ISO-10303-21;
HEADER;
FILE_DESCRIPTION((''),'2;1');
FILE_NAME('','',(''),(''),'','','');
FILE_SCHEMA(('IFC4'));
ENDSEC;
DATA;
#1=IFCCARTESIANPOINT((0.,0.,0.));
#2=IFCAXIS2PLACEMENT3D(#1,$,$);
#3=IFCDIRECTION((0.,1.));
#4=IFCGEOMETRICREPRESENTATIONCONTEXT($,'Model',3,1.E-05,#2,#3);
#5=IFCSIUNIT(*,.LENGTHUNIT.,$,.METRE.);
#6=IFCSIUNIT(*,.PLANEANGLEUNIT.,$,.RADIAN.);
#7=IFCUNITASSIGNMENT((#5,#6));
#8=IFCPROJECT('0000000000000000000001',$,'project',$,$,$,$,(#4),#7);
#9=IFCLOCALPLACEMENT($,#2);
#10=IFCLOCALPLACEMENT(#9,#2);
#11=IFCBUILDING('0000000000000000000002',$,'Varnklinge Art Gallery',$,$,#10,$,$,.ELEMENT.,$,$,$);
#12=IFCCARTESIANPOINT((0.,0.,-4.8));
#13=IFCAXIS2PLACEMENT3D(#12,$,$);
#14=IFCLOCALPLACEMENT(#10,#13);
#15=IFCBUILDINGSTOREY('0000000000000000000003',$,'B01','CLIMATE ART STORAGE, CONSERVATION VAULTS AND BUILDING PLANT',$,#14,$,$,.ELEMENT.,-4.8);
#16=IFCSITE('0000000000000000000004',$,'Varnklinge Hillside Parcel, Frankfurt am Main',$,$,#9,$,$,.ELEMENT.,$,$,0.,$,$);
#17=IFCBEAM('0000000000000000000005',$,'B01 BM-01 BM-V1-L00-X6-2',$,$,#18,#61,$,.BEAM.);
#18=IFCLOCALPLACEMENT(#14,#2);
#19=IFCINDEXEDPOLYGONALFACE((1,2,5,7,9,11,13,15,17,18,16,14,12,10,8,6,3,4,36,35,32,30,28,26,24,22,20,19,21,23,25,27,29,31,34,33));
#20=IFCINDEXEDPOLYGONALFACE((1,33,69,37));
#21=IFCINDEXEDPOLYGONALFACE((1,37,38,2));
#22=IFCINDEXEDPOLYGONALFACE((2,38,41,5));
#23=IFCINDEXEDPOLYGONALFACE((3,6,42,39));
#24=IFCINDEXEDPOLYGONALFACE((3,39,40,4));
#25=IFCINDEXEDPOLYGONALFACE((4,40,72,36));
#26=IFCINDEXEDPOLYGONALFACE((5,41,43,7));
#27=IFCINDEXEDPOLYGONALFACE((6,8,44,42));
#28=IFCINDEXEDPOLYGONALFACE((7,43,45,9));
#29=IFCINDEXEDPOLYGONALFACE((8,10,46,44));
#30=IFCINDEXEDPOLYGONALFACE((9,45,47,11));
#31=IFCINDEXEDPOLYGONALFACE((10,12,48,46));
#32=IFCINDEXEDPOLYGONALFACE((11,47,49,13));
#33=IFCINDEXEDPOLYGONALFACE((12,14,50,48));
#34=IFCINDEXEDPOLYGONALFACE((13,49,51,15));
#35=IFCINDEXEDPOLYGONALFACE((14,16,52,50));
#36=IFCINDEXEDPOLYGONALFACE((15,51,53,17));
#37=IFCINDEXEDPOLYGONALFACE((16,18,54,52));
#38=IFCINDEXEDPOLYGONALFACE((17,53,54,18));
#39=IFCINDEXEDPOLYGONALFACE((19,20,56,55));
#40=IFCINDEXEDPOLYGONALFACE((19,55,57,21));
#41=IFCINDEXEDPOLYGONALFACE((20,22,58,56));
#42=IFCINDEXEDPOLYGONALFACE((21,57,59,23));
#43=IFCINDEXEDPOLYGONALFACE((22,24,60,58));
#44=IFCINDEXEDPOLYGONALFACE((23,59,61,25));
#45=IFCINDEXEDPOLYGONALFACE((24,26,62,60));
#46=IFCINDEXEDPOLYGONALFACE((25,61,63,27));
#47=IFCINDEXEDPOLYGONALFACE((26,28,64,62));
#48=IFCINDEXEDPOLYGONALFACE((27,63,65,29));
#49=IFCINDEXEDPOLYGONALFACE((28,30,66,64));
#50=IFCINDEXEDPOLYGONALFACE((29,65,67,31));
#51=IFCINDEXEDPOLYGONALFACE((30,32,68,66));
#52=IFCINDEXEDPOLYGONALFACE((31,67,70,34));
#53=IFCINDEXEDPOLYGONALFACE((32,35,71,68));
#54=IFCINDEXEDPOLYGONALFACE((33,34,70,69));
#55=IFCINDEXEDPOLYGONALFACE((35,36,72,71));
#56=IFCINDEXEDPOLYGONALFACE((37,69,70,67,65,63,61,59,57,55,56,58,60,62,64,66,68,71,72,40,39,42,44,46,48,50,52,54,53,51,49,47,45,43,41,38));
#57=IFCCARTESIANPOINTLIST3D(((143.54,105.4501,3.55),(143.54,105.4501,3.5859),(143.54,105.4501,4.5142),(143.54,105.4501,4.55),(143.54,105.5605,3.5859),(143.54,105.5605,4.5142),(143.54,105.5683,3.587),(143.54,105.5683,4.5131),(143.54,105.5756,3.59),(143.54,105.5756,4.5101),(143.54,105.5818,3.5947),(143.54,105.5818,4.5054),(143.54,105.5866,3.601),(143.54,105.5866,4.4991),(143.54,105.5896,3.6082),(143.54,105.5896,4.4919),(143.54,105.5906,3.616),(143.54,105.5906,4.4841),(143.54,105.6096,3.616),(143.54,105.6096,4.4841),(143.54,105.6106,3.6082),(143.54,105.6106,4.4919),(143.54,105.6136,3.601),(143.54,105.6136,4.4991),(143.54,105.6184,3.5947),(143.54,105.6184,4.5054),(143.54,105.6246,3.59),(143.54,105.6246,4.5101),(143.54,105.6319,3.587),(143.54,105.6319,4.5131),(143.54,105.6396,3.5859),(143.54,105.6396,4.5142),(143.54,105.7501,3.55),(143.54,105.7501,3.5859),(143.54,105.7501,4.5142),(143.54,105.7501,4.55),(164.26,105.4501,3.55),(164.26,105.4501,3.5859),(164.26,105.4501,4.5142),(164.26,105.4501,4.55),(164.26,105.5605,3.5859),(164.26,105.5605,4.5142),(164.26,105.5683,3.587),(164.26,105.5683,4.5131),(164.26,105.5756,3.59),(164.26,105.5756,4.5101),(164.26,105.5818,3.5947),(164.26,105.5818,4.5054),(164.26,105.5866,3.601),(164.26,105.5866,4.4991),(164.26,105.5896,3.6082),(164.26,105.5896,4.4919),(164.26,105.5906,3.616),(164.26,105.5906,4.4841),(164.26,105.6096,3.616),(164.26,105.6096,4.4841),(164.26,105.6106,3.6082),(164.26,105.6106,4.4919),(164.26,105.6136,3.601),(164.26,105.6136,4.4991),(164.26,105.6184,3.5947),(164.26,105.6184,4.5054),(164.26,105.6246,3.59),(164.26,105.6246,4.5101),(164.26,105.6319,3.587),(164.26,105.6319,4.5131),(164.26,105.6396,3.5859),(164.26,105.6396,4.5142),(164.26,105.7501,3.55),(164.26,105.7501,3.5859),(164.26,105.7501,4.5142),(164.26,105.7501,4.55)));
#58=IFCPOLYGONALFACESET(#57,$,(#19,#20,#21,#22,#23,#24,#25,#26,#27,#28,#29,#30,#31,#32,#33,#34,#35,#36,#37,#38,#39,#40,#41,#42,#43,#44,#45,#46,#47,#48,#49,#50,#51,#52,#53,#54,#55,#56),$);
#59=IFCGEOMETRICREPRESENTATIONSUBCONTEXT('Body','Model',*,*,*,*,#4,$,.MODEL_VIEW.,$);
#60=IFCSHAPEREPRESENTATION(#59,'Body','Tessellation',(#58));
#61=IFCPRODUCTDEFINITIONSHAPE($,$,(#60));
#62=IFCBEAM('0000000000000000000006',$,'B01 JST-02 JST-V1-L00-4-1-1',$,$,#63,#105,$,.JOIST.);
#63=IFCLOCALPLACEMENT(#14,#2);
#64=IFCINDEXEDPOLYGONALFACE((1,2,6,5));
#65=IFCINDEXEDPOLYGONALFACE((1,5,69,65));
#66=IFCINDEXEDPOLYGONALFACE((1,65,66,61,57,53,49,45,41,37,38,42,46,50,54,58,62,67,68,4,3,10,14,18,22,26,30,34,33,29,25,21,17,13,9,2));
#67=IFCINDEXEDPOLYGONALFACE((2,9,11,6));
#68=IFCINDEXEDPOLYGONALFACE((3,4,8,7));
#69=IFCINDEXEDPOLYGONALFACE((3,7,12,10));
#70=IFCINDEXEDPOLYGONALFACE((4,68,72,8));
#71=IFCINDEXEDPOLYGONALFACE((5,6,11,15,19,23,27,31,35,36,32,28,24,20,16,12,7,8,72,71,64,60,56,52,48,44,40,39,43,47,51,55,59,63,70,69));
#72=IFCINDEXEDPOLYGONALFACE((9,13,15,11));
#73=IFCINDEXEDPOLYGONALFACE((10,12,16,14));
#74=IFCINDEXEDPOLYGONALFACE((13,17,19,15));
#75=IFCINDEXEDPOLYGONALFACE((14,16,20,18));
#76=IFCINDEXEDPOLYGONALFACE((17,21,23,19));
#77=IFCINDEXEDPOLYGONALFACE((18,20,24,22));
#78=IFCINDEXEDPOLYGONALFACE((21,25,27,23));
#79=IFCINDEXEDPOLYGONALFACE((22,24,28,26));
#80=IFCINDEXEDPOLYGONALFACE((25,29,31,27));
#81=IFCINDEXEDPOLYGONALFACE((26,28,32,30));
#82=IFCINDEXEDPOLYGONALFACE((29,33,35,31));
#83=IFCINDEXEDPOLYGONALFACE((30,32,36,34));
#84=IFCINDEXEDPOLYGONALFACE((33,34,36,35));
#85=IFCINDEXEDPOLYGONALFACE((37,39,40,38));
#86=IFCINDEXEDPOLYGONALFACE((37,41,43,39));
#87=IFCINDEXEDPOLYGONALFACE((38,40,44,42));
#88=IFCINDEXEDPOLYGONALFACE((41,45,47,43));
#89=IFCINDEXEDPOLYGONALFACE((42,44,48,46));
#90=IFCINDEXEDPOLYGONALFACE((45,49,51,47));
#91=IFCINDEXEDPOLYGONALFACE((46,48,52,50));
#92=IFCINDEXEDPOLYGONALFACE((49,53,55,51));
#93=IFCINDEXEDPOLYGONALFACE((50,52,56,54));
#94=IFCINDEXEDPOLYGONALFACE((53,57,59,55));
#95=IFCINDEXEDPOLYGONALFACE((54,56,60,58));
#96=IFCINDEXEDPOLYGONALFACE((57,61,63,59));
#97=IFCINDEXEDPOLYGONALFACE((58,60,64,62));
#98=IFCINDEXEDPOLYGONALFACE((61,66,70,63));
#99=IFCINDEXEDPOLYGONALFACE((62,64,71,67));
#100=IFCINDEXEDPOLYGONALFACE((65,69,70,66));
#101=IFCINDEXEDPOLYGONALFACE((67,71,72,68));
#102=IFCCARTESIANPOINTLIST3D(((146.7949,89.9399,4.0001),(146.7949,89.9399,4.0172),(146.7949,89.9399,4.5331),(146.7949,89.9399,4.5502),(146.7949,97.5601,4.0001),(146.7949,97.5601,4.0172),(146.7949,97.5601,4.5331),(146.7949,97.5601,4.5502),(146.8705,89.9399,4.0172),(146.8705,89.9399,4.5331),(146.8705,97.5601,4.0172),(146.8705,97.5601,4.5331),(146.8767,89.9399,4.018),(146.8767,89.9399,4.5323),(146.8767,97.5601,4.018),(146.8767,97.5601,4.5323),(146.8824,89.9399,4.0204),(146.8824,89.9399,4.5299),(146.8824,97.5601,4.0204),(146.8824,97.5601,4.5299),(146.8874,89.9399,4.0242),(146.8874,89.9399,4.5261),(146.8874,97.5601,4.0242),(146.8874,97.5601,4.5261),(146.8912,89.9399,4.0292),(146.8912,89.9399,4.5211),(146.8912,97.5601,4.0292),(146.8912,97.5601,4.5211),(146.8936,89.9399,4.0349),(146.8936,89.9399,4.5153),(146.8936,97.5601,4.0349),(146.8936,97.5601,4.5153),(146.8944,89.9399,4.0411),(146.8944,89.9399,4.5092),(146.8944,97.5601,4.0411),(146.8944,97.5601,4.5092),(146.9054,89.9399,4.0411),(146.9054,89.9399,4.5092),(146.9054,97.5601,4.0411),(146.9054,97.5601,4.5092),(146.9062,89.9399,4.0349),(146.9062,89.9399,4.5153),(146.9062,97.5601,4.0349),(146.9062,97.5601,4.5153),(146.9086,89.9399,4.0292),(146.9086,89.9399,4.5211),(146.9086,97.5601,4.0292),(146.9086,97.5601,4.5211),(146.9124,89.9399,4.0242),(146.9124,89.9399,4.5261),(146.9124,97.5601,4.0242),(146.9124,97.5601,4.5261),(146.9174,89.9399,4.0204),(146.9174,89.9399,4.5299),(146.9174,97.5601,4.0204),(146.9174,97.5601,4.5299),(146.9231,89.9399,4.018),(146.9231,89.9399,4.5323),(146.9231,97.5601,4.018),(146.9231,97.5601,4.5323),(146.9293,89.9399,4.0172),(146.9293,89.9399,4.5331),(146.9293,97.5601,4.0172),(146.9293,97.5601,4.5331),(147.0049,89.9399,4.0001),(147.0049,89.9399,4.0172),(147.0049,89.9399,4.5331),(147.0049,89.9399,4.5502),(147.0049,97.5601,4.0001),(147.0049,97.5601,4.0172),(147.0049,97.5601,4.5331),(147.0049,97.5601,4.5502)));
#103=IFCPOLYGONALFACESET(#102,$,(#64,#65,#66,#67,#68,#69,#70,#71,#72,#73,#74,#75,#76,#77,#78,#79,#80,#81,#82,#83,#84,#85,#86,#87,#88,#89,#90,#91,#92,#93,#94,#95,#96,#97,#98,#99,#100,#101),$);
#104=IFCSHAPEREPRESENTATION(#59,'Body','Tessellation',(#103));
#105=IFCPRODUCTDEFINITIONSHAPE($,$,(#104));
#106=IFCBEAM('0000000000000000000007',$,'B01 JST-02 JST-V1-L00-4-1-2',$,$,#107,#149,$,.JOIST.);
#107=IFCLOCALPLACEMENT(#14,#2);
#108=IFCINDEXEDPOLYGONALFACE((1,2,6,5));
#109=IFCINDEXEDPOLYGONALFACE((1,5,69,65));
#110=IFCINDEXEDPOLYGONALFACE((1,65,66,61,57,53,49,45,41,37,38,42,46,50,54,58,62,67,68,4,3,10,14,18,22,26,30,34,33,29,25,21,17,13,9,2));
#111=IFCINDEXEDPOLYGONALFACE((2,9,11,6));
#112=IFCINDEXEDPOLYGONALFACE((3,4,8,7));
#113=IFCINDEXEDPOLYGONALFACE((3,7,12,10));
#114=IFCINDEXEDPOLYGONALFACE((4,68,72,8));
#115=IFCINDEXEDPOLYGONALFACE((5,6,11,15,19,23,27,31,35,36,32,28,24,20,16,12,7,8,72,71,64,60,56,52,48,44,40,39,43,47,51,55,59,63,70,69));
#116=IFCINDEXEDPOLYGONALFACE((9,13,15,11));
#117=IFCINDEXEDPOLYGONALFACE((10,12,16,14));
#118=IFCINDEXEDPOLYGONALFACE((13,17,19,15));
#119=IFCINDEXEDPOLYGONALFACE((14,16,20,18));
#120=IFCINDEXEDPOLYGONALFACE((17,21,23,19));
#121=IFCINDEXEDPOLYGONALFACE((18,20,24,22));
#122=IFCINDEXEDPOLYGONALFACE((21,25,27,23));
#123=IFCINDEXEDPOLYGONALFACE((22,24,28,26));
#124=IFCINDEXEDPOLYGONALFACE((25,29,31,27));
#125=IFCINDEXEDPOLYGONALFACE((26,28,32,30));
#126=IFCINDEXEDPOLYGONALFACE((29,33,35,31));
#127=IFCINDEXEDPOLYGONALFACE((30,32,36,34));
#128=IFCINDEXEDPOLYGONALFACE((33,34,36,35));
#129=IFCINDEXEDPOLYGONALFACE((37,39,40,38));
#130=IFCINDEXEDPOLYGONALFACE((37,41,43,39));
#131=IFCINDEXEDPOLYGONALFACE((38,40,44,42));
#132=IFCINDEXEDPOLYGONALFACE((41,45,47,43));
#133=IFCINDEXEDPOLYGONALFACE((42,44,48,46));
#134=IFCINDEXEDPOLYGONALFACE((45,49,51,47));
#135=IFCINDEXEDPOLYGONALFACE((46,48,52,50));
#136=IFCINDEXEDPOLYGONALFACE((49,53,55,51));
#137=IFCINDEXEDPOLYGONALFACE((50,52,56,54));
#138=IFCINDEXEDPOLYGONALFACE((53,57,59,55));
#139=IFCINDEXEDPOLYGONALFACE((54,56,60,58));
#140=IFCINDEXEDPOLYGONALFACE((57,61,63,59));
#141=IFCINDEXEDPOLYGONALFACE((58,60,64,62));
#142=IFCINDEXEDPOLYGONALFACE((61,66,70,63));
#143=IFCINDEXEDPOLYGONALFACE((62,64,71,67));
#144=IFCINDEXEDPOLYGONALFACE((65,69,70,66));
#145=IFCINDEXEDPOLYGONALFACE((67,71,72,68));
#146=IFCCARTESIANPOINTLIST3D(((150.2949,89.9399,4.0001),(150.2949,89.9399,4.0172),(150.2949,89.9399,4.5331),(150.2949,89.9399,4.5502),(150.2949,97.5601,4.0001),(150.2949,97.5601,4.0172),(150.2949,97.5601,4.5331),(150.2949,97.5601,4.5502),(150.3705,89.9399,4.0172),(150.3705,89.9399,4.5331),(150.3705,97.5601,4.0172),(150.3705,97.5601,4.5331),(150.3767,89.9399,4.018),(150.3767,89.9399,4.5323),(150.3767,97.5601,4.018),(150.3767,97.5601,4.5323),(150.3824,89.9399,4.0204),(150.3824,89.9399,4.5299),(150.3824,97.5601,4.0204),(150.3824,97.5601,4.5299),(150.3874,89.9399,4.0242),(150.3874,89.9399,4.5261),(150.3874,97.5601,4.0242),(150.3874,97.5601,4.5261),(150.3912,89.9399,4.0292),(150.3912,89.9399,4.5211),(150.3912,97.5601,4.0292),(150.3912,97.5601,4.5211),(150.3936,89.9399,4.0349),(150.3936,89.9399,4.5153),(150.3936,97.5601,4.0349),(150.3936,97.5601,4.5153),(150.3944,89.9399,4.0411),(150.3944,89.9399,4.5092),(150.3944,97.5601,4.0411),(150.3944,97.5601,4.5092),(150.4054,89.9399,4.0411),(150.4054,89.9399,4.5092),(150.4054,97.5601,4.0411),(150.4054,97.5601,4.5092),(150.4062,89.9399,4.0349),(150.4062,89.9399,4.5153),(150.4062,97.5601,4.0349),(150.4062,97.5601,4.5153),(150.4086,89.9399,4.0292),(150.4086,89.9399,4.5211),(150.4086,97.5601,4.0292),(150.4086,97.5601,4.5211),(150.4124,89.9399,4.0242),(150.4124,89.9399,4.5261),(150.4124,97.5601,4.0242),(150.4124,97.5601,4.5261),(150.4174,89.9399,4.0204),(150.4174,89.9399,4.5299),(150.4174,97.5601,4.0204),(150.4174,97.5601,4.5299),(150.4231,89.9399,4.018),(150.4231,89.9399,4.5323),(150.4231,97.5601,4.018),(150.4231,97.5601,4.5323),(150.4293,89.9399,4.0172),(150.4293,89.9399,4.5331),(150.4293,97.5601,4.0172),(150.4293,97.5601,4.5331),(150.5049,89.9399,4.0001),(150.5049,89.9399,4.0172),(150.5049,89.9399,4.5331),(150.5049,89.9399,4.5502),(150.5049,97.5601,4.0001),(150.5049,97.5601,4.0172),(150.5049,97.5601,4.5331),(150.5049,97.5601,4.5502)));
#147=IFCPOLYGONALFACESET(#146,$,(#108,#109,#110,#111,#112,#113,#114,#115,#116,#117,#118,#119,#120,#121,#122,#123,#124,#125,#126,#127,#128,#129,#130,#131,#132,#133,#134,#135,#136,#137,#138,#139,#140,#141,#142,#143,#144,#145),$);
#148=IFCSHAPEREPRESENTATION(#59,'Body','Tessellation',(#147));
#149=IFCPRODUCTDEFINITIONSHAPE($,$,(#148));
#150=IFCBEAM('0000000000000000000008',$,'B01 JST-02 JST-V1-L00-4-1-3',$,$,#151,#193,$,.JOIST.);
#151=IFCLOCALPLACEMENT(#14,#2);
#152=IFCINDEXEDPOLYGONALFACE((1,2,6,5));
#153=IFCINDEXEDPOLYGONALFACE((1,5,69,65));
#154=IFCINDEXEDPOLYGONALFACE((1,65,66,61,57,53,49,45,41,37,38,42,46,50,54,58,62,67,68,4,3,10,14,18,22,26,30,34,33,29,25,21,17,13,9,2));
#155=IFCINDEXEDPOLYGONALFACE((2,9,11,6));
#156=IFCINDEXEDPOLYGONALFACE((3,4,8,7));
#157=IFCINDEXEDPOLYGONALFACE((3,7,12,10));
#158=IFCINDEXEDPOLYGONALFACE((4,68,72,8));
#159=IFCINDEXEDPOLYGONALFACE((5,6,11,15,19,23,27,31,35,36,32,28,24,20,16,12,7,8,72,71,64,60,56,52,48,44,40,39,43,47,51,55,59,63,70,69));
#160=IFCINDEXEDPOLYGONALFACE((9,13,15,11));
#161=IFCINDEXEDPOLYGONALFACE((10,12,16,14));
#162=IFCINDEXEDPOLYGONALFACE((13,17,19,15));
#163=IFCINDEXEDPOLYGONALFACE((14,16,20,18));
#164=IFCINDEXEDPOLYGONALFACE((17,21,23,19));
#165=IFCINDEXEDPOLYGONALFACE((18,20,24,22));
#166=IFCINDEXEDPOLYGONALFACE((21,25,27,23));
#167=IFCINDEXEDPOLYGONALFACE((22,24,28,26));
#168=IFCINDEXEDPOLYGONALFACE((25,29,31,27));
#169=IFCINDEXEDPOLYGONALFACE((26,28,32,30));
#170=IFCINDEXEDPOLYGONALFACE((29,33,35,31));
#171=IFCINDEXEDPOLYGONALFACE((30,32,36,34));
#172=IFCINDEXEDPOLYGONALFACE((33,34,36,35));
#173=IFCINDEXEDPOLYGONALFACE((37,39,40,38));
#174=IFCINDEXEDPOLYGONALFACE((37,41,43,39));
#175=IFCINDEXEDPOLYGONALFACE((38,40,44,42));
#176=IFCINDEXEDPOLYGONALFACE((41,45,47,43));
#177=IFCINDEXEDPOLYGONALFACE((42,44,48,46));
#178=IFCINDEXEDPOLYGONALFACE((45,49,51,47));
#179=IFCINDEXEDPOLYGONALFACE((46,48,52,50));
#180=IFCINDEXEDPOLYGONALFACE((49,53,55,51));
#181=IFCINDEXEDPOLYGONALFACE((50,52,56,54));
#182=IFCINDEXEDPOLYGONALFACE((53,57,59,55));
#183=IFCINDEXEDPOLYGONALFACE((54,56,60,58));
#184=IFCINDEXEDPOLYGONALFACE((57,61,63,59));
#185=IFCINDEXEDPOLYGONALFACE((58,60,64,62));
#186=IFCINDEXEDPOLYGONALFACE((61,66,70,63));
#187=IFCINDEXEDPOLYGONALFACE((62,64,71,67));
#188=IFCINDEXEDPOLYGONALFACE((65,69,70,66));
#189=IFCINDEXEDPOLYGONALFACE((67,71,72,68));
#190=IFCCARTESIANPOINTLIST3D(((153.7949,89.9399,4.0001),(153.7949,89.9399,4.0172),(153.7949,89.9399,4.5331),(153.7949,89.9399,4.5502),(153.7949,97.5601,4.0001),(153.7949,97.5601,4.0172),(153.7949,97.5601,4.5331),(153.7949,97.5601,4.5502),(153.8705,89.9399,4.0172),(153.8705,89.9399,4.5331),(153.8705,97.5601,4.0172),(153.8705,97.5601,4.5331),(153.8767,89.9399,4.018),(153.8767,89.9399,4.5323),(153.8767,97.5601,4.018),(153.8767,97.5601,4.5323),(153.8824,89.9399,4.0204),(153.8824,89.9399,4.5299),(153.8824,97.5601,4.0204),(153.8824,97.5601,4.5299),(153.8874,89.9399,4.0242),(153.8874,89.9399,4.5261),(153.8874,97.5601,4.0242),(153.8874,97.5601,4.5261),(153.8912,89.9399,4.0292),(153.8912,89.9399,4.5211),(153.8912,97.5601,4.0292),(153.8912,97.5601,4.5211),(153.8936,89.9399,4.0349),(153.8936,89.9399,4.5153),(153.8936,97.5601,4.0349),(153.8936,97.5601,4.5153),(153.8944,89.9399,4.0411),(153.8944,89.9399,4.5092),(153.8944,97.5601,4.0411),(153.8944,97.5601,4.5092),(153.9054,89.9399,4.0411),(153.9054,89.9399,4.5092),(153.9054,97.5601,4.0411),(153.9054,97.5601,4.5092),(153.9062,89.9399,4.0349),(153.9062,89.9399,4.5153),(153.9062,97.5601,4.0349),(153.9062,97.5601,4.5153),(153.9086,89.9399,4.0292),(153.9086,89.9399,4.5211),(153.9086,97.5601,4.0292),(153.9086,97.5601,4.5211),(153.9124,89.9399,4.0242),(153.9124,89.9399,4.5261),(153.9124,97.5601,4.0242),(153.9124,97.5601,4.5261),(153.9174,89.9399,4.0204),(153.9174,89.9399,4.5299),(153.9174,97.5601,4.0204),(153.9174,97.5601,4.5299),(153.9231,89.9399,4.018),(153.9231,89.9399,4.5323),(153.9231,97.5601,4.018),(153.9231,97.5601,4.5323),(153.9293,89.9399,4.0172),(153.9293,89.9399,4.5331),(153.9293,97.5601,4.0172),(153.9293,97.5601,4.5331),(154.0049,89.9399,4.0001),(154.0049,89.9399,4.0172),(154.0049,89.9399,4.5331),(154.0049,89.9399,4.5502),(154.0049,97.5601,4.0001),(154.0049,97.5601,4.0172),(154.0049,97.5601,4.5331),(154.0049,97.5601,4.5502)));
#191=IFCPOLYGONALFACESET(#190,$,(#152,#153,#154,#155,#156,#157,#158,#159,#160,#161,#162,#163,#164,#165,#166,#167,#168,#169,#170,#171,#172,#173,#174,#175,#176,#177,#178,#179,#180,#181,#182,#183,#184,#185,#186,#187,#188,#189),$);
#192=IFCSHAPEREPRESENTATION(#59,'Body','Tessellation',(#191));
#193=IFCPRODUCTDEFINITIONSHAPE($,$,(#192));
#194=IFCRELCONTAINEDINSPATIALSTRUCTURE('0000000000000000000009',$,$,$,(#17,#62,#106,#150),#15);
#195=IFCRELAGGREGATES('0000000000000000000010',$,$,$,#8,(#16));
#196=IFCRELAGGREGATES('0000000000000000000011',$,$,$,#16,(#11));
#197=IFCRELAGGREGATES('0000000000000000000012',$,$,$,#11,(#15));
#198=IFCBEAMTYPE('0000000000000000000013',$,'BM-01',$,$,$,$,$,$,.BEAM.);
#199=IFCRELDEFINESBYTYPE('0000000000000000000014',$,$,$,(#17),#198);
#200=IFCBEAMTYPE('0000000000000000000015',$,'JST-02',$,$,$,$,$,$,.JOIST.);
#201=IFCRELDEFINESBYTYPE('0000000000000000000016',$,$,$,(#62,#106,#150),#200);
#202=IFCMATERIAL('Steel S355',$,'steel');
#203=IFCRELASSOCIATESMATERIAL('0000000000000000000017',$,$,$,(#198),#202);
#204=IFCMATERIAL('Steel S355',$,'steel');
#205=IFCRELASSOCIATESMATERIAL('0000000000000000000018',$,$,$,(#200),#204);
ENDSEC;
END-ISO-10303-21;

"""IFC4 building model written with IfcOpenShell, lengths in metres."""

from ifc_helpers import new_model, si_unit, direction, frame, origin, origin_2d, place, context, subcontext, project, spatial, i_section, extrude, material, material_profile, profile_set, type_object, element, save


model = new_model("IFC4")

# Units and contexts
model_context = context("Model", 3, precision=1e-05, world=origin(), true_north=direction((0.0, 1.0)))
body_context = subcontext(model_context, "Body", "Model", "MODEL_VIEW")
ifc_project = project(units=[si_unit("LENGTHUNIT", "METRE"), si_unit("PLANEANGLEUNIT", "RADIAN")], contexts=[model_context])

# Site, building, storey
site_placement = place(None, origin())
site = spatial("IfcSite", under=ifc_project, at=site_placement, Name="Varnklinge Hillside Parcel, Frankfurt am Main", CompositionType="ELEMENT", RefElevation=0.0)
building_placement = place(site_placement, origin())
building = spatial("IfcBuilding", under=site, at=building_placement, Name="Varnklinge Art Gallery", CompositionType="ELEMENT")
storey_placement = place(building_placement, frame((0.0, 0.0, -4.8)))
storey = spatial("IfcBuildingStorey", under=building, at=storey_placement, Name="B01", Description="CLIMATE ART STORAGE, CONSERVATION VAULTS AND BUILDING PLANT", CompositionType="ELEMENT", Elevation=-4.8)

# Beams
ifc_material_1 = material(Name="Steel S355", Category="steel")
ifc_material_profile_1 = material_profile(ifc_material_1, i_section(OverallWidth=0.3, OverallDepth=1.0, WebThickness=0.019, FlangeThickness=0.0359, FilletRadius=0.03, at=origin_2d()), Name="HEB 1000")
ifc_profile_set_1 = profile_set([ifc_material_profile_1], Name="Steel S355")
beam_type_1 = type_object("IfcBeamType", Name="BM-01", PredefinedType="BEAM", material=ifc_profile_set_1)
for number, where, z_axis, x_axis, name in (
    (1, (143.54, 105.6001, 4.05), (1.0, 0.0, 0.0), (0.0, 1.0, 0.0), "B01 BM-01 BM-V1-L00-X6-2"),
):
    element("IfcBeam", number, at=place(storey_placement, frame(where, z_axis=z_axis, x_axis=x_axis)), inside=storey, type_object=beam_type_1, Name=name, PredefinedType="BEAM", context=body_context, shape_type="SweptSolid", body=[
        extrude(i_section(OverallWidth=0.3, OverallDepth=1.0, WebThickness=0.019, FlangeThickness=0.0359, FilletRadius=0.03, at=origin_2d()), origin(), (0.0, 0.0, 1.0), 20.72),
    ])
ifc_material_2 = material(Name="Steel S355", Category="steel")
ifc_material_profile_2 = material_profile(ifc_material_2, i_section(OverallWidth=0.21, OverallDepth=0.55, WebThickness=0.011, FlangeThickness=0.0171, FilletRadius=0.0239, at=origin_2d()), Name="IPE 550")
ifc_profile_set_2 = profile_set([ifc_material_profile_2], Name="Steel S355")
beam_type_2 = type_object("IfcBeamType", Name="JST-02", PredefinedType="JOIST", material=ifc_profile_set_2)
for number, where, z_axis, x_axis, name in (
    (2, (146.8999, 89.9399, 4.2751), (0.0, 1.0, 0.0), (-1.0, 0.0, 0.0), "B01 JST-02 JST-V1-L00-4-1-1"),
    (3, (150.3999, 89.9399, 4.2751), (0.0, 1.0, 0.0), (-1.0, 0.0, 0.0), "B01 JST-02 JST-V1-L00-4-1-2"),
    (4, (153.8999, 89.9399, 4.2751), (0.0, 1.0, 0.0), (-1.0, 0.0, 0.0), "B01 JST-02 JST-V1-L00-4-1-3"),
):
    element("IfcBeam", number, at=place(storey_placement, frame(where, z_axis=z_axis, x_axis=x_axis)), inside=storey, type_object=beam_type_2, Name=name, PredefinedType="JOIST", context=body_context, shape_type="SweptSolid", body=[
        extrude(i_section(OverallWidth=0.21, OverallDepth=0.55, WebThickness=0.011, FlangeThickness=0.0171, FilletRadius=0.0239, at=origin_2d()), origin(), (0.0, 0.0, 1.0), 7.6201),
    ])

save(model, "model.ifc")
